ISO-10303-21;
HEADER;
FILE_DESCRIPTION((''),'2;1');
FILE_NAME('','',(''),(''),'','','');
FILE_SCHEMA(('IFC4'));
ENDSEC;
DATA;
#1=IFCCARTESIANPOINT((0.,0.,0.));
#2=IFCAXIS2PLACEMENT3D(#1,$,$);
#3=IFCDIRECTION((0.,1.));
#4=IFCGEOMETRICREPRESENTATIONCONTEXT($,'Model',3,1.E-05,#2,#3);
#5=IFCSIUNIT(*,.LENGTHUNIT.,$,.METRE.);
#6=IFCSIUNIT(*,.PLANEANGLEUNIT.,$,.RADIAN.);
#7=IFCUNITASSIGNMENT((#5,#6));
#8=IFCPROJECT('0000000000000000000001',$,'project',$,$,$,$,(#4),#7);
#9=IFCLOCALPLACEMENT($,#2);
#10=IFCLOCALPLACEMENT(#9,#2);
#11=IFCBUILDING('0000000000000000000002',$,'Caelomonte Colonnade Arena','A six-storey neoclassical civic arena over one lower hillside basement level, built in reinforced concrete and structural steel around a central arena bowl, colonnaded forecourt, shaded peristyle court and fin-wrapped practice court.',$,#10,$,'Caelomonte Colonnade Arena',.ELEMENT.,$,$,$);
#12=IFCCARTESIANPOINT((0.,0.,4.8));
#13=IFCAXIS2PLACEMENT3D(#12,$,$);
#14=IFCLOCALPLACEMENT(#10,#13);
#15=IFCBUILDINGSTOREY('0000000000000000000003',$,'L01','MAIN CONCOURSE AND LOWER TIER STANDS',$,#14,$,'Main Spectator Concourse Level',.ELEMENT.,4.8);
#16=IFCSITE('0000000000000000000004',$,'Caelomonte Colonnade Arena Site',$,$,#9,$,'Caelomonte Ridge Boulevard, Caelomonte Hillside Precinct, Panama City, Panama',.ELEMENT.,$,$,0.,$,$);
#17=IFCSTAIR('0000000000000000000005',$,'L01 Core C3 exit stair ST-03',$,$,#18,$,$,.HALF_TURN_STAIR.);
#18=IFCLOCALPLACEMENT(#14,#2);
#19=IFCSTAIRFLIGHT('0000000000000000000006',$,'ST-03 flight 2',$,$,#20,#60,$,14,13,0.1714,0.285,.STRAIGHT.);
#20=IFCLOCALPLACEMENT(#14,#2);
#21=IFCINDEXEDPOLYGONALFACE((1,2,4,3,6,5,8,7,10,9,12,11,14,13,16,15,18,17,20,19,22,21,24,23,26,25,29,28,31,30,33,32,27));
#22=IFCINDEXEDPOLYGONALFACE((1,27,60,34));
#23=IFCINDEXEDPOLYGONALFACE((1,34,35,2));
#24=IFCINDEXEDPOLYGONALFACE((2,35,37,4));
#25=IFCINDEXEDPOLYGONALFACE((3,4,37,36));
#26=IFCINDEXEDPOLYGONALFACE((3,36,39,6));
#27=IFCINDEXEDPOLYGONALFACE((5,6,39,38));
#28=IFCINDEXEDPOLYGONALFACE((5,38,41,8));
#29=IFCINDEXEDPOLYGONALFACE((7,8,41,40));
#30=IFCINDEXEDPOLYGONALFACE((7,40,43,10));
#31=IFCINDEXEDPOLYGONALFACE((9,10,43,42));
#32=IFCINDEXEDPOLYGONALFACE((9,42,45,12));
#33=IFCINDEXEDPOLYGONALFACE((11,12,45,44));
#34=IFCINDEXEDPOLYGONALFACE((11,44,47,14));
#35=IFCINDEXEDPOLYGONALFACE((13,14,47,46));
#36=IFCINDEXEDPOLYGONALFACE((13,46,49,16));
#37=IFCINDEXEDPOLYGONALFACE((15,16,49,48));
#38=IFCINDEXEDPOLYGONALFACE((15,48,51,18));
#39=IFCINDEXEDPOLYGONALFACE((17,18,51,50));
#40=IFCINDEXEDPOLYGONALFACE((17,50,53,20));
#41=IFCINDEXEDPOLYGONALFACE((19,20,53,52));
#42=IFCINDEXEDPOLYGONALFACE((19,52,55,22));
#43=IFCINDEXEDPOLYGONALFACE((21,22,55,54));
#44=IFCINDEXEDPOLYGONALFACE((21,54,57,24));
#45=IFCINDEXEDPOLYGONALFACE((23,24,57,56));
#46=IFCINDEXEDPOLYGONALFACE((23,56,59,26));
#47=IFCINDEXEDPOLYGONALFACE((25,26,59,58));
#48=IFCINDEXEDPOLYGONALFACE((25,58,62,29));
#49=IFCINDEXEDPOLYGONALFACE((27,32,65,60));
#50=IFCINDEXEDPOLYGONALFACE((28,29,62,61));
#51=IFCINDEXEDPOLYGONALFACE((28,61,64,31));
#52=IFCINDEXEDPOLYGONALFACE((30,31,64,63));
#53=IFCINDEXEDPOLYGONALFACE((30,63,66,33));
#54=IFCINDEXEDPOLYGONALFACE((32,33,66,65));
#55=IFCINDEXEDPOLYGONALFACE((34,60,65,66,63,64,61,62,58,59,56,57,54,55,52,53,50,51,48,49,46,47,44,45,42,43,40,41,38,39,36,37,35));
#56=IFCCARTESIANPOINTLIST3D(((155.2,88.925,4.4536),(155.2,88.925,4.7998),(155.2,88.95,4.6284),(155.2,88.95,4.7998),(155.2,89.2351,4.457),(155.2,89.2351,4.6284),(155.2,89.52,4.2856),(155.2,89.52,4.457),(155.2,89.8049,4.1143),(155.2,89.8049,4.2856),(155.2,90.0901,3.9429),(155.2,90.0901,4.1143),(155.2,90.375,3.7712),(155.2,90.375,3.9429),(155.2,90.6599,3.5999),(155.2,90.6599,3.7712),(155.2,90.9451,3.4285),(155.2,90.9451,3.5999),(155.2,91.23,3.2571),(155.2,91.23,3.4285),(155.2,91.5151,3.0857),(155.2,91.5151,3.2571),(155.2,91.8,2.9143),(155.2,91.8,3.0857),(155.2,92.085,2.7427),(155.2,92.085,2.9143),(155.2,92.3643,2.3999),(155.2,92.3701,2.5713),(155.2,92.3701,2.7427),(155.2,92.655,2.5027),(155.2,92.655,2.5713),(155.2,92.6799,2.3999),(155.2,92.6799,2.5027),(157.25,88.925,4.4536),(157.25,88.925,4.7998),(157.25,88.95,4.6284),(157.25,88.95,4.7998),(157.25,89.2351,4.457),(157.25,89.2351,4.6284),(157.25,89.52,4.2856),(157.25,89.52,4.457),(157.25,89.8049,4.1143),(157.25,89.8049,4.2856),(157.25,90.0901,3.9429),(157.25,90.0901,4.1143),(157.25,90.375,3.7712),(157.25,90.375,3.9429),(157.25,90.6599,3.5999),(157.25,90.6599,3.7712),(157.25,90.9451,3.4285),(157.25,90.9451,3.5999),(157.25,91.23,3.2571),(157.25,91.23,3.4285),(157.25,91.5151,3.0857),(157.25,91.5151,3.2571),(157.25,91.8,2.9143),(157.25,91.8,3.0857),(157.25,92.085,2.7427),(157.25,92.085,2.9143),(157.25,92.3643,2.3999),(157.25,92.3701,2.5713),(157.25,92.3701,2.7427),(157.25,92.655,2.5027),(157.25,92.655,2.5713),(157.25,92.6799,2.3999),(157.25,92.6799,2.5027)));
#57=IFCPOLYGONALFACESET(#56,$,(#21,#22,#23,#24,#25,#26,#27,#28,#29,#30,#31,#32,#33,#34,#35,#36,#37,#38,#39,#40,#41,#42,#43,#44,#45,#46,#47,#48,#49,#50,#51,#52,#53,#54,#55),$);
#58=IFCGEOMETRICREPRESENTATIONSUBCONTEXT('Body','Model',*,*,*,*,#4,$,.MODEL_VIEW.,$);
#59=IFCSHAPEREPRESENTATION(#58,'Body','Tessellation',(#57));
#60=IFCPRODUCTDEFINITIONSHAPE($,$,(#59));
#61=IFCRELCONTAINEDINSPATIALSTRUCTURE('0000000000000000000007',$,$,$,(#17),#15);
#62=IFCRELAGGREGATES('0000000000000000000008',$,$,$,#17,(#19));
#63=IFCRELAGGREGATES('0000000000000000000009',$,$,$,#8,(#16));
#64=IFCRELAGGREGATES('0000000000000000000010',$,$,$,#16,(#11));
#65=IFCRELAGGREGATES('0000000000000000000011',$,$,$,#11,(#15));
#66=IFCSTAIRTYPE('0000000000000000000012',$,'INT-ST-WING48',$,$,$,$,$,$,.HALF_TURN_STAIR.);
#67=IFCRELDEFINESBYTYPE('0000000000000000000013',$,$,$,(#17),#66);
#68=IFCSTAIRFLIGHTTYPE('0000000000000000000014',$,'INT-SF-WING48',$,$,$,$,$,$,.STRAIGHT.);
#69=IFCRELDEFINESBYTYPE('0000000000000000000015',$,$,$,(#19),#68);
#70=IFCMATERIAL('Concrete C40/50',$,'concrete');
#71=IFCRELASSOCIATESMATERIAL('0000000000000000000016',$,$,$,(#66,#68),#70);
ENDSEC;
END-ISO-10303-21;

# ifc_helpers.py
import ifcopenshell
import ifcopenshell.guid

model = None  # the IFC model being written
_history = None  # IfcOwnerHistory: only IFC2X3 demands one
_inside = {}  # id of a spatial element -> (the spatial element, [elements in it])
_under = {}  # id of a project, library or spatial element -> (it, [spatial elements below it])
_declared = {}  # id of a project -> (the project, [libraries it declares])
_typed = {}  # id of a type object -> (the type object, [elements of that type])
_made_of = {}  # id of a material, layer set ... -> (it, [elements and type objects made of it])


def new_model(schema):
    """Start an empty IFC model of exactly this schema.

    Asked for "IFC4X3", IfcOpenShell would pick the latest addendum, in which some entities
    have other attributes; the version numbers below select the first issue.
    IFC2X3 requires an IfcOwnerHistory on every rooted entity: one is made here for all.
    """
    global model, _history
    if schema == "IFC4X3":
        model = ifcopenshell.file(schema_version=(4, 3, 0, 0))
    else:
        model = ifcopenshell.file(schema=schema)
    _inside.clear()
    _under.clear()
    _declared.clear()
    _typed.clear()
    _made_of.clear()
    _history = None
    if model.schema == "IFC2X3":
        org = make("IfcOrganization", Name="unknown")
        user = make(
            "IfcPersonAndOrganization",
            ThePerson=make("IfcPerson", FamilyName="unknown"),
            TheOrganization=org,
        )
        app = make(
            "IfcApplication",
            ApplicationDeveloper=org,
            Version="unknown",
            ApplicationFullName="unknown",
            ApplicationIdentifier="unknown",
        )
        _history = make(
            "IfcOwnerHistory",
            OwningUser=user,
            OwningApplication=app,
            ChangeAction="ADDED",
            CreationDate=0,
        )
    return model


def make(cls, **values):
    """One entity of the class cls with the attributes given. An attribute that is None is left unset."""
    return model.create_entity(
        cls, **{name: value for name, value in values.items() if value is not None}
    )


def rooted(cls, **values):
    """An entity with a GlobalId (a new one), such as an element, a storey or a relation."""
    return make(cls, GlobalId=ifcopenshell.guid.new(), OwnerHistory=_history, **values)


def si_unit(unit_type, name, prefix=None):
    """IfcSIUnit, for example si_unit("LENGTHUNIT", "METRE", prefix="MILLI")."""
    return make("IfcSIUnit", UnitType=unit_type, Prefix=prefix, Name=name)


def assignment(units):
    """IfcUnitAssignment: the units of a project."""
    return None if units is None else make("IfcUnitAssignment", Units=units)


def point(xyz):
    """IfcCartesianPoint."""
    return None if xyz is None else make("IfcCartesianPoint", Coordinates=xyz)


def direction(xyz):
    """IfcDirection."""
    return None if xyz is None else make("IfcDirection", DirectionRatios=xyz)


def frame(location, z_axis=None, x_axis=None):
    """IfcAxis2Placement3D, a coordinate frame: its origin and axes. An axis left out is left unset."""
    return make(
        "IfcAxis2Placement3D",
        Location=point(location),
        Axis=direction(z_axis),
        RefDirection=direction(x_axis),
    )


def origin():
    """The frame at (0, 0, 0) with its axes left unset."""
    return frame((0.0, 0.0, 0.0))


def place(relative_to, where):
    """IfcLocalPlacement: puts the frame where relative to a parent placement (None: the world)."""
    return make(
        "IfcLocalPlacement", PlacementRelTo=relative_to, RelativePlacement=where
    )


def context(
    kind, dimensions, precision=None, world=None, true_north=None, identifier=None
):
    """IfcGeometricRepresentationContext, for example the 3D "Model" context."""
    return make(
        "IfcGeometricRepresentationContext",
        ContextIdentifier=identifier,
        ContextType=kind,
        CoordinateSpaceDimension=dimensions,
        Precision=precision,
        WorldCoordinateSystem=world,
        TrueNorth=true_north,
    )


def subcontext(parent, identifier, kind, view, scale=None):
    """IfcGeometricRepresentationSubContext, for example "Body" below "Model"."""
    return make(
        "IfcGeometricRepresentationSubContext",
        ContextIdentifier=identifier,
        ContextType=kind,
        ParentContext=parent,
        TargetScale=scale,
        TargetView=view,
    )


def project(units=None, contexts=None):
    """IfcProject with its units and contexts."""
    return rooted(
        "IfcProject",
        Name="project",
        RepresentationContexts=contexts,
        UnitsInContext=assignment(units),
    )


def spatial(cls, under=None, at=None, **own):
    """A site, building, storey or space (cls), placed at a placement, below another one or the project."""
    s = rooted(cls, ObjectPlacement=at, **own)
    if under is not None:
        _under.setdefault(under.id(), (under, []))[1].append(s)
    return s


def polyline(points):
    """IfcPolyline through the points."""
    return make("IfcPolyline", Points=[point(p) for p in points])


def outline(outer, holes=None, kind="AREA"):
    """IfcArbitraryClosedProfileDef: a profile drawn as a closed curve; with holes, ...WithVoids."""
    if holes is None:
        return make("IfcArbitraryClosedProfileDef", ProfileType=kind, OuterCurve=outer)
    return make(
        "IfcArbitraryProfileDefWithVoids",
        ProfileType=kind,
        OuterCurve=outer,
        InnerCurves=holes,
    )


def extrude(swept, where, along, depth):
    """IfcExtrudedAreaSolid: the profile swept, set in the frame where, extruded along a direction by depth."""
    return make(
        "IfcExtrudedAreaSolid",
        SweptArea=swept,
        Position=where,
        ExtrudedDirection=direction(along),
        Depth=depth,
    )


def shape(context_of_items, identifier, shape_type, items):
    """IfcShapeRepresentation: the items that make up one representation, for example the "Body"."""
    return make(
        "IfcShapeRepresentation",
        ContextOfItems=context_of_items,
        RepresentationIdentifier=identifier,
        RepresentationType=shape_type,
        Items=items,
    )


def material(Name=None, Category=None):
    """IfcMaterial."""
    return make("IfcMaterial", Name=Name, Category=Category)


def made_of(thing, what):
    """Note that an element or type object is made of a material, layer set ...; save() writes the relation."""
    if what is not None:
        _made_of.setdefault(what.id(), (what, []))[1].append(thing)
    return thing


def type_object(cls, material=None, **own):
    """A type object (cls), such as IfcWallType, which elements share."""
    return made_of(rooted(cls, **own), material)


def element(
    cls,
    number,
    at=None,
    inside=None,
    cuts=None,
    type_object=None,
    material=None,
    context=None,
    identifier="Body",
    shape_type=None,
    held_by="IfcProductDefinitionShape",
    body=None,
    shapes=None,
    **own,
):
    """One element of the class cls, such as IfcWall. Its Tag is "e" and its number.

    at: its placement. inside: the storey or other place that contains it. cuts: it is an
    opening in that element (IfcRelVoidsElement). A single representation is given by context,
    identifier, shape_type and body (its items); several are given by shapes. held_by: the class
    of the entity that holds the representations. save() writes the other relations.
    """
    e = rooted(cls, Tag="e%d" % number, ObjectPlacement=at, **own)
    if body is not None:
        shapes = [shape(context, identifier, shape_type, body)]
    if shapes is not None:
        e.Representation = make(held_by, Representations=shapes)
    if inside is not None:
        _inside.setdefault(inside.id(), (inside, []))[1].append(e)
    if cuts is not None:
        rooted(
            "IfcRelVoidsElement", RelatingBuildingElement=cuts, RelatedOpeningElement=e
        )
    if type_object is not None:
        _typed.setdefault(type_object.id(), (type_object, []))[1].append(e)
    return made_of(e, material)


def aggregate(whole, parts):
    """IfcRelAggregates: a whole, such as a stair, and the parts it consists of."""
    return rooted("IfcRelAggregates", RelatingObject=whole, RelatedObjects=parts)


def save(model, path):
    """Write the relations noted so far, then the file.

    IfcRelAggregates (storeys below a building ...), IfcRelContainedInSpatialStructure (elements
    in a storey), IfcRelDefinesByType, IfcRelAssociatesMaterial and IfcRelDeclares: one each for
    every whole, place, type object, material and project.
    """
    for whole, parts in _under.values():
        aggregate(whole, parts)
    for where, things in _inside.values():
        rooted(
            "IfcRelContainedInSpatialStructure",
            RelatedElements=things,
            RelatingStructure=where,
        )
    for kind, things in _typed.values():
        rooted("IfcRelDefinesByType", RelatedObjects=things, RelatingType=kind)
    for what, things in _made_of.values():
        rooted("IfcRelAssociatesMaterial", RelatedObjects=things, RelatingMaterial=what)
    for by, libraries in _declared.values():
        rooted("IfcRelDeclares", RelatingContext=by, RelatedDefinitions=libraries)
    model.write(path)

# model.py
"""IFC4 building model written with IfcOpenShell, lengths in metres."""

from ifc_helpers import new_model, si_unit, direction, frame, origin, place, context, subcontext, project, spatial, polyline, outline, extrude, material, type_object, element, aggregate, save


model = new_model("IFC4")

# Units and contexts
model_context = context("Model", 3, precision=1e-05, world=origin(), true_north=direction((0.0, 1.0)))
body_context = subcontext(model_context, "Body", "Model", "MODEL_VIEW")
ifc_project = project(units=[si_unit("LENGTHUNIT", "METRE"), si_unit("PLANEANGLEUNIT", "RADIAN")], contexts=[model_context])

# Site, building, storey
site_placement = place(None, origin())
site = spatial("IfcSite", under=ifc_project, at=site_placement, Name="Caelomonte Colonnade Arena Site", LongName="Caelomonte Ridge Boulevard, Caelomonte Hillside Precinct, Panama City, Panama", CompositionType="ELEMENT", RefElevation=0.0)
building_placement = place(site_placement, origin())
building = spatial("IfcBuilding", under=site, at=building_placement, Name="Caelomonte Colonnade Arena", Description="A six-storey neoclassical civic arena over one lower hillside basement level, built in reinforced concrete and structural steel around a central arena bowl, colonnaded forecourt, shaded peristyle court and fin-wrapped practice court.", LongName="Caelomonte Colonnade Arena", CompositionType="ELEMENT")
storey_placement = place(building_placement, frame((0.0, 0.0, 4.8)))
storey = spatial("IfcBuildingStorey", under=building, at=storey_placement, Name="L01", Description="MAIN CONCOURSE AND LOWER TIER STANDS", LongName="Main Spectator Concourse Level", CompositionType="ELEMENT", Elevation=4.8)

# Shared definitions
ifc_material_1 = material(Name="Concrete C40/50", Category="concrete")

# Stair, stair flight
stair_type = type_object("IfcStairType", Name="INT-ST-WING48", PredefinedType="HALF_TURN_STAIR", material=ifc_material_1)
stair_placement = place(storey_placement, origin())
stair = element("IfcStair", 1, at=stair_placement, inside=storey, type_object=stair_type, Name="L01 Core C3 exit stair ST-03", PredefinedType="HALF_TURN_STAIR")
stair_flight_type = type_object("IfcStairFlightType", Name="INT-SF-WING48", PredefinedType="STRAIGHT", material=ifc_material_1)
stair_flight_1_placement = place(storey_placement, frame((156.2251, 92.655, 2.3999), z_axis=(0.0, 0.0, 1.0), x_axis=(0.0, -1.0, 0.0)))
stair_flight_1 = element("IfcStairFlight", 2, at=stair_flight_1_placement, type_object=stair_flight_type, Name="ST-03 flight 2", NumberOfRisers=14, NumberOfTreads=13, PredefinedType="STRAIGHT", RiserHeight=0.1714, TreadLength=0.285, context=body_context, shape_type="SweptSolid", body=[
    extrude(outline(polyline([(-0.0249, 0.0), (-0.0249, 0.1028), (0.0, 0.1028), (0.0, 0.1714), (0.2849, 0.1714), (0.2849, 0.3428), (0.5701, 0.3428), (0.5701, 0.5144), (0.855, 0.5144), (0.855, 0.6858), (1.1399, 0.6858), (1.1399, 0.8572), (1.425, 0.8572), (1.425, 1.0286), (1.71, 1.0286), (1.71, 1.2), (1.9951, 1.2), (1.9951, 1.3713), (2.28, 1.3713), (2.28, 1.543), (2.5649, 1.543), (2.5649, 1.7144), (2.8501, 1.7144), (2.8501, 1.8857), (3.135, 1.8857), (3.135, 2.0571), (3.4199, 2.0571), (3.4199, 2.2285), (3.7051, 2.2285), (3.7051, 2.3999), (3.73, 2.3999), (3.73, 2.0537), (0.2908, 0.0), (-0.0249, 0.0)])), frame((0.0, 1.0249, 0.0), z_axis=(0.0, -1.0, 0.0), x_axis=(1.0, 0.0, 0.0)), (0.0, 0.0, 1.0), 2.05),
])
aggregate(stair, [stair_flight_1])

save(model, "model.ifc")
